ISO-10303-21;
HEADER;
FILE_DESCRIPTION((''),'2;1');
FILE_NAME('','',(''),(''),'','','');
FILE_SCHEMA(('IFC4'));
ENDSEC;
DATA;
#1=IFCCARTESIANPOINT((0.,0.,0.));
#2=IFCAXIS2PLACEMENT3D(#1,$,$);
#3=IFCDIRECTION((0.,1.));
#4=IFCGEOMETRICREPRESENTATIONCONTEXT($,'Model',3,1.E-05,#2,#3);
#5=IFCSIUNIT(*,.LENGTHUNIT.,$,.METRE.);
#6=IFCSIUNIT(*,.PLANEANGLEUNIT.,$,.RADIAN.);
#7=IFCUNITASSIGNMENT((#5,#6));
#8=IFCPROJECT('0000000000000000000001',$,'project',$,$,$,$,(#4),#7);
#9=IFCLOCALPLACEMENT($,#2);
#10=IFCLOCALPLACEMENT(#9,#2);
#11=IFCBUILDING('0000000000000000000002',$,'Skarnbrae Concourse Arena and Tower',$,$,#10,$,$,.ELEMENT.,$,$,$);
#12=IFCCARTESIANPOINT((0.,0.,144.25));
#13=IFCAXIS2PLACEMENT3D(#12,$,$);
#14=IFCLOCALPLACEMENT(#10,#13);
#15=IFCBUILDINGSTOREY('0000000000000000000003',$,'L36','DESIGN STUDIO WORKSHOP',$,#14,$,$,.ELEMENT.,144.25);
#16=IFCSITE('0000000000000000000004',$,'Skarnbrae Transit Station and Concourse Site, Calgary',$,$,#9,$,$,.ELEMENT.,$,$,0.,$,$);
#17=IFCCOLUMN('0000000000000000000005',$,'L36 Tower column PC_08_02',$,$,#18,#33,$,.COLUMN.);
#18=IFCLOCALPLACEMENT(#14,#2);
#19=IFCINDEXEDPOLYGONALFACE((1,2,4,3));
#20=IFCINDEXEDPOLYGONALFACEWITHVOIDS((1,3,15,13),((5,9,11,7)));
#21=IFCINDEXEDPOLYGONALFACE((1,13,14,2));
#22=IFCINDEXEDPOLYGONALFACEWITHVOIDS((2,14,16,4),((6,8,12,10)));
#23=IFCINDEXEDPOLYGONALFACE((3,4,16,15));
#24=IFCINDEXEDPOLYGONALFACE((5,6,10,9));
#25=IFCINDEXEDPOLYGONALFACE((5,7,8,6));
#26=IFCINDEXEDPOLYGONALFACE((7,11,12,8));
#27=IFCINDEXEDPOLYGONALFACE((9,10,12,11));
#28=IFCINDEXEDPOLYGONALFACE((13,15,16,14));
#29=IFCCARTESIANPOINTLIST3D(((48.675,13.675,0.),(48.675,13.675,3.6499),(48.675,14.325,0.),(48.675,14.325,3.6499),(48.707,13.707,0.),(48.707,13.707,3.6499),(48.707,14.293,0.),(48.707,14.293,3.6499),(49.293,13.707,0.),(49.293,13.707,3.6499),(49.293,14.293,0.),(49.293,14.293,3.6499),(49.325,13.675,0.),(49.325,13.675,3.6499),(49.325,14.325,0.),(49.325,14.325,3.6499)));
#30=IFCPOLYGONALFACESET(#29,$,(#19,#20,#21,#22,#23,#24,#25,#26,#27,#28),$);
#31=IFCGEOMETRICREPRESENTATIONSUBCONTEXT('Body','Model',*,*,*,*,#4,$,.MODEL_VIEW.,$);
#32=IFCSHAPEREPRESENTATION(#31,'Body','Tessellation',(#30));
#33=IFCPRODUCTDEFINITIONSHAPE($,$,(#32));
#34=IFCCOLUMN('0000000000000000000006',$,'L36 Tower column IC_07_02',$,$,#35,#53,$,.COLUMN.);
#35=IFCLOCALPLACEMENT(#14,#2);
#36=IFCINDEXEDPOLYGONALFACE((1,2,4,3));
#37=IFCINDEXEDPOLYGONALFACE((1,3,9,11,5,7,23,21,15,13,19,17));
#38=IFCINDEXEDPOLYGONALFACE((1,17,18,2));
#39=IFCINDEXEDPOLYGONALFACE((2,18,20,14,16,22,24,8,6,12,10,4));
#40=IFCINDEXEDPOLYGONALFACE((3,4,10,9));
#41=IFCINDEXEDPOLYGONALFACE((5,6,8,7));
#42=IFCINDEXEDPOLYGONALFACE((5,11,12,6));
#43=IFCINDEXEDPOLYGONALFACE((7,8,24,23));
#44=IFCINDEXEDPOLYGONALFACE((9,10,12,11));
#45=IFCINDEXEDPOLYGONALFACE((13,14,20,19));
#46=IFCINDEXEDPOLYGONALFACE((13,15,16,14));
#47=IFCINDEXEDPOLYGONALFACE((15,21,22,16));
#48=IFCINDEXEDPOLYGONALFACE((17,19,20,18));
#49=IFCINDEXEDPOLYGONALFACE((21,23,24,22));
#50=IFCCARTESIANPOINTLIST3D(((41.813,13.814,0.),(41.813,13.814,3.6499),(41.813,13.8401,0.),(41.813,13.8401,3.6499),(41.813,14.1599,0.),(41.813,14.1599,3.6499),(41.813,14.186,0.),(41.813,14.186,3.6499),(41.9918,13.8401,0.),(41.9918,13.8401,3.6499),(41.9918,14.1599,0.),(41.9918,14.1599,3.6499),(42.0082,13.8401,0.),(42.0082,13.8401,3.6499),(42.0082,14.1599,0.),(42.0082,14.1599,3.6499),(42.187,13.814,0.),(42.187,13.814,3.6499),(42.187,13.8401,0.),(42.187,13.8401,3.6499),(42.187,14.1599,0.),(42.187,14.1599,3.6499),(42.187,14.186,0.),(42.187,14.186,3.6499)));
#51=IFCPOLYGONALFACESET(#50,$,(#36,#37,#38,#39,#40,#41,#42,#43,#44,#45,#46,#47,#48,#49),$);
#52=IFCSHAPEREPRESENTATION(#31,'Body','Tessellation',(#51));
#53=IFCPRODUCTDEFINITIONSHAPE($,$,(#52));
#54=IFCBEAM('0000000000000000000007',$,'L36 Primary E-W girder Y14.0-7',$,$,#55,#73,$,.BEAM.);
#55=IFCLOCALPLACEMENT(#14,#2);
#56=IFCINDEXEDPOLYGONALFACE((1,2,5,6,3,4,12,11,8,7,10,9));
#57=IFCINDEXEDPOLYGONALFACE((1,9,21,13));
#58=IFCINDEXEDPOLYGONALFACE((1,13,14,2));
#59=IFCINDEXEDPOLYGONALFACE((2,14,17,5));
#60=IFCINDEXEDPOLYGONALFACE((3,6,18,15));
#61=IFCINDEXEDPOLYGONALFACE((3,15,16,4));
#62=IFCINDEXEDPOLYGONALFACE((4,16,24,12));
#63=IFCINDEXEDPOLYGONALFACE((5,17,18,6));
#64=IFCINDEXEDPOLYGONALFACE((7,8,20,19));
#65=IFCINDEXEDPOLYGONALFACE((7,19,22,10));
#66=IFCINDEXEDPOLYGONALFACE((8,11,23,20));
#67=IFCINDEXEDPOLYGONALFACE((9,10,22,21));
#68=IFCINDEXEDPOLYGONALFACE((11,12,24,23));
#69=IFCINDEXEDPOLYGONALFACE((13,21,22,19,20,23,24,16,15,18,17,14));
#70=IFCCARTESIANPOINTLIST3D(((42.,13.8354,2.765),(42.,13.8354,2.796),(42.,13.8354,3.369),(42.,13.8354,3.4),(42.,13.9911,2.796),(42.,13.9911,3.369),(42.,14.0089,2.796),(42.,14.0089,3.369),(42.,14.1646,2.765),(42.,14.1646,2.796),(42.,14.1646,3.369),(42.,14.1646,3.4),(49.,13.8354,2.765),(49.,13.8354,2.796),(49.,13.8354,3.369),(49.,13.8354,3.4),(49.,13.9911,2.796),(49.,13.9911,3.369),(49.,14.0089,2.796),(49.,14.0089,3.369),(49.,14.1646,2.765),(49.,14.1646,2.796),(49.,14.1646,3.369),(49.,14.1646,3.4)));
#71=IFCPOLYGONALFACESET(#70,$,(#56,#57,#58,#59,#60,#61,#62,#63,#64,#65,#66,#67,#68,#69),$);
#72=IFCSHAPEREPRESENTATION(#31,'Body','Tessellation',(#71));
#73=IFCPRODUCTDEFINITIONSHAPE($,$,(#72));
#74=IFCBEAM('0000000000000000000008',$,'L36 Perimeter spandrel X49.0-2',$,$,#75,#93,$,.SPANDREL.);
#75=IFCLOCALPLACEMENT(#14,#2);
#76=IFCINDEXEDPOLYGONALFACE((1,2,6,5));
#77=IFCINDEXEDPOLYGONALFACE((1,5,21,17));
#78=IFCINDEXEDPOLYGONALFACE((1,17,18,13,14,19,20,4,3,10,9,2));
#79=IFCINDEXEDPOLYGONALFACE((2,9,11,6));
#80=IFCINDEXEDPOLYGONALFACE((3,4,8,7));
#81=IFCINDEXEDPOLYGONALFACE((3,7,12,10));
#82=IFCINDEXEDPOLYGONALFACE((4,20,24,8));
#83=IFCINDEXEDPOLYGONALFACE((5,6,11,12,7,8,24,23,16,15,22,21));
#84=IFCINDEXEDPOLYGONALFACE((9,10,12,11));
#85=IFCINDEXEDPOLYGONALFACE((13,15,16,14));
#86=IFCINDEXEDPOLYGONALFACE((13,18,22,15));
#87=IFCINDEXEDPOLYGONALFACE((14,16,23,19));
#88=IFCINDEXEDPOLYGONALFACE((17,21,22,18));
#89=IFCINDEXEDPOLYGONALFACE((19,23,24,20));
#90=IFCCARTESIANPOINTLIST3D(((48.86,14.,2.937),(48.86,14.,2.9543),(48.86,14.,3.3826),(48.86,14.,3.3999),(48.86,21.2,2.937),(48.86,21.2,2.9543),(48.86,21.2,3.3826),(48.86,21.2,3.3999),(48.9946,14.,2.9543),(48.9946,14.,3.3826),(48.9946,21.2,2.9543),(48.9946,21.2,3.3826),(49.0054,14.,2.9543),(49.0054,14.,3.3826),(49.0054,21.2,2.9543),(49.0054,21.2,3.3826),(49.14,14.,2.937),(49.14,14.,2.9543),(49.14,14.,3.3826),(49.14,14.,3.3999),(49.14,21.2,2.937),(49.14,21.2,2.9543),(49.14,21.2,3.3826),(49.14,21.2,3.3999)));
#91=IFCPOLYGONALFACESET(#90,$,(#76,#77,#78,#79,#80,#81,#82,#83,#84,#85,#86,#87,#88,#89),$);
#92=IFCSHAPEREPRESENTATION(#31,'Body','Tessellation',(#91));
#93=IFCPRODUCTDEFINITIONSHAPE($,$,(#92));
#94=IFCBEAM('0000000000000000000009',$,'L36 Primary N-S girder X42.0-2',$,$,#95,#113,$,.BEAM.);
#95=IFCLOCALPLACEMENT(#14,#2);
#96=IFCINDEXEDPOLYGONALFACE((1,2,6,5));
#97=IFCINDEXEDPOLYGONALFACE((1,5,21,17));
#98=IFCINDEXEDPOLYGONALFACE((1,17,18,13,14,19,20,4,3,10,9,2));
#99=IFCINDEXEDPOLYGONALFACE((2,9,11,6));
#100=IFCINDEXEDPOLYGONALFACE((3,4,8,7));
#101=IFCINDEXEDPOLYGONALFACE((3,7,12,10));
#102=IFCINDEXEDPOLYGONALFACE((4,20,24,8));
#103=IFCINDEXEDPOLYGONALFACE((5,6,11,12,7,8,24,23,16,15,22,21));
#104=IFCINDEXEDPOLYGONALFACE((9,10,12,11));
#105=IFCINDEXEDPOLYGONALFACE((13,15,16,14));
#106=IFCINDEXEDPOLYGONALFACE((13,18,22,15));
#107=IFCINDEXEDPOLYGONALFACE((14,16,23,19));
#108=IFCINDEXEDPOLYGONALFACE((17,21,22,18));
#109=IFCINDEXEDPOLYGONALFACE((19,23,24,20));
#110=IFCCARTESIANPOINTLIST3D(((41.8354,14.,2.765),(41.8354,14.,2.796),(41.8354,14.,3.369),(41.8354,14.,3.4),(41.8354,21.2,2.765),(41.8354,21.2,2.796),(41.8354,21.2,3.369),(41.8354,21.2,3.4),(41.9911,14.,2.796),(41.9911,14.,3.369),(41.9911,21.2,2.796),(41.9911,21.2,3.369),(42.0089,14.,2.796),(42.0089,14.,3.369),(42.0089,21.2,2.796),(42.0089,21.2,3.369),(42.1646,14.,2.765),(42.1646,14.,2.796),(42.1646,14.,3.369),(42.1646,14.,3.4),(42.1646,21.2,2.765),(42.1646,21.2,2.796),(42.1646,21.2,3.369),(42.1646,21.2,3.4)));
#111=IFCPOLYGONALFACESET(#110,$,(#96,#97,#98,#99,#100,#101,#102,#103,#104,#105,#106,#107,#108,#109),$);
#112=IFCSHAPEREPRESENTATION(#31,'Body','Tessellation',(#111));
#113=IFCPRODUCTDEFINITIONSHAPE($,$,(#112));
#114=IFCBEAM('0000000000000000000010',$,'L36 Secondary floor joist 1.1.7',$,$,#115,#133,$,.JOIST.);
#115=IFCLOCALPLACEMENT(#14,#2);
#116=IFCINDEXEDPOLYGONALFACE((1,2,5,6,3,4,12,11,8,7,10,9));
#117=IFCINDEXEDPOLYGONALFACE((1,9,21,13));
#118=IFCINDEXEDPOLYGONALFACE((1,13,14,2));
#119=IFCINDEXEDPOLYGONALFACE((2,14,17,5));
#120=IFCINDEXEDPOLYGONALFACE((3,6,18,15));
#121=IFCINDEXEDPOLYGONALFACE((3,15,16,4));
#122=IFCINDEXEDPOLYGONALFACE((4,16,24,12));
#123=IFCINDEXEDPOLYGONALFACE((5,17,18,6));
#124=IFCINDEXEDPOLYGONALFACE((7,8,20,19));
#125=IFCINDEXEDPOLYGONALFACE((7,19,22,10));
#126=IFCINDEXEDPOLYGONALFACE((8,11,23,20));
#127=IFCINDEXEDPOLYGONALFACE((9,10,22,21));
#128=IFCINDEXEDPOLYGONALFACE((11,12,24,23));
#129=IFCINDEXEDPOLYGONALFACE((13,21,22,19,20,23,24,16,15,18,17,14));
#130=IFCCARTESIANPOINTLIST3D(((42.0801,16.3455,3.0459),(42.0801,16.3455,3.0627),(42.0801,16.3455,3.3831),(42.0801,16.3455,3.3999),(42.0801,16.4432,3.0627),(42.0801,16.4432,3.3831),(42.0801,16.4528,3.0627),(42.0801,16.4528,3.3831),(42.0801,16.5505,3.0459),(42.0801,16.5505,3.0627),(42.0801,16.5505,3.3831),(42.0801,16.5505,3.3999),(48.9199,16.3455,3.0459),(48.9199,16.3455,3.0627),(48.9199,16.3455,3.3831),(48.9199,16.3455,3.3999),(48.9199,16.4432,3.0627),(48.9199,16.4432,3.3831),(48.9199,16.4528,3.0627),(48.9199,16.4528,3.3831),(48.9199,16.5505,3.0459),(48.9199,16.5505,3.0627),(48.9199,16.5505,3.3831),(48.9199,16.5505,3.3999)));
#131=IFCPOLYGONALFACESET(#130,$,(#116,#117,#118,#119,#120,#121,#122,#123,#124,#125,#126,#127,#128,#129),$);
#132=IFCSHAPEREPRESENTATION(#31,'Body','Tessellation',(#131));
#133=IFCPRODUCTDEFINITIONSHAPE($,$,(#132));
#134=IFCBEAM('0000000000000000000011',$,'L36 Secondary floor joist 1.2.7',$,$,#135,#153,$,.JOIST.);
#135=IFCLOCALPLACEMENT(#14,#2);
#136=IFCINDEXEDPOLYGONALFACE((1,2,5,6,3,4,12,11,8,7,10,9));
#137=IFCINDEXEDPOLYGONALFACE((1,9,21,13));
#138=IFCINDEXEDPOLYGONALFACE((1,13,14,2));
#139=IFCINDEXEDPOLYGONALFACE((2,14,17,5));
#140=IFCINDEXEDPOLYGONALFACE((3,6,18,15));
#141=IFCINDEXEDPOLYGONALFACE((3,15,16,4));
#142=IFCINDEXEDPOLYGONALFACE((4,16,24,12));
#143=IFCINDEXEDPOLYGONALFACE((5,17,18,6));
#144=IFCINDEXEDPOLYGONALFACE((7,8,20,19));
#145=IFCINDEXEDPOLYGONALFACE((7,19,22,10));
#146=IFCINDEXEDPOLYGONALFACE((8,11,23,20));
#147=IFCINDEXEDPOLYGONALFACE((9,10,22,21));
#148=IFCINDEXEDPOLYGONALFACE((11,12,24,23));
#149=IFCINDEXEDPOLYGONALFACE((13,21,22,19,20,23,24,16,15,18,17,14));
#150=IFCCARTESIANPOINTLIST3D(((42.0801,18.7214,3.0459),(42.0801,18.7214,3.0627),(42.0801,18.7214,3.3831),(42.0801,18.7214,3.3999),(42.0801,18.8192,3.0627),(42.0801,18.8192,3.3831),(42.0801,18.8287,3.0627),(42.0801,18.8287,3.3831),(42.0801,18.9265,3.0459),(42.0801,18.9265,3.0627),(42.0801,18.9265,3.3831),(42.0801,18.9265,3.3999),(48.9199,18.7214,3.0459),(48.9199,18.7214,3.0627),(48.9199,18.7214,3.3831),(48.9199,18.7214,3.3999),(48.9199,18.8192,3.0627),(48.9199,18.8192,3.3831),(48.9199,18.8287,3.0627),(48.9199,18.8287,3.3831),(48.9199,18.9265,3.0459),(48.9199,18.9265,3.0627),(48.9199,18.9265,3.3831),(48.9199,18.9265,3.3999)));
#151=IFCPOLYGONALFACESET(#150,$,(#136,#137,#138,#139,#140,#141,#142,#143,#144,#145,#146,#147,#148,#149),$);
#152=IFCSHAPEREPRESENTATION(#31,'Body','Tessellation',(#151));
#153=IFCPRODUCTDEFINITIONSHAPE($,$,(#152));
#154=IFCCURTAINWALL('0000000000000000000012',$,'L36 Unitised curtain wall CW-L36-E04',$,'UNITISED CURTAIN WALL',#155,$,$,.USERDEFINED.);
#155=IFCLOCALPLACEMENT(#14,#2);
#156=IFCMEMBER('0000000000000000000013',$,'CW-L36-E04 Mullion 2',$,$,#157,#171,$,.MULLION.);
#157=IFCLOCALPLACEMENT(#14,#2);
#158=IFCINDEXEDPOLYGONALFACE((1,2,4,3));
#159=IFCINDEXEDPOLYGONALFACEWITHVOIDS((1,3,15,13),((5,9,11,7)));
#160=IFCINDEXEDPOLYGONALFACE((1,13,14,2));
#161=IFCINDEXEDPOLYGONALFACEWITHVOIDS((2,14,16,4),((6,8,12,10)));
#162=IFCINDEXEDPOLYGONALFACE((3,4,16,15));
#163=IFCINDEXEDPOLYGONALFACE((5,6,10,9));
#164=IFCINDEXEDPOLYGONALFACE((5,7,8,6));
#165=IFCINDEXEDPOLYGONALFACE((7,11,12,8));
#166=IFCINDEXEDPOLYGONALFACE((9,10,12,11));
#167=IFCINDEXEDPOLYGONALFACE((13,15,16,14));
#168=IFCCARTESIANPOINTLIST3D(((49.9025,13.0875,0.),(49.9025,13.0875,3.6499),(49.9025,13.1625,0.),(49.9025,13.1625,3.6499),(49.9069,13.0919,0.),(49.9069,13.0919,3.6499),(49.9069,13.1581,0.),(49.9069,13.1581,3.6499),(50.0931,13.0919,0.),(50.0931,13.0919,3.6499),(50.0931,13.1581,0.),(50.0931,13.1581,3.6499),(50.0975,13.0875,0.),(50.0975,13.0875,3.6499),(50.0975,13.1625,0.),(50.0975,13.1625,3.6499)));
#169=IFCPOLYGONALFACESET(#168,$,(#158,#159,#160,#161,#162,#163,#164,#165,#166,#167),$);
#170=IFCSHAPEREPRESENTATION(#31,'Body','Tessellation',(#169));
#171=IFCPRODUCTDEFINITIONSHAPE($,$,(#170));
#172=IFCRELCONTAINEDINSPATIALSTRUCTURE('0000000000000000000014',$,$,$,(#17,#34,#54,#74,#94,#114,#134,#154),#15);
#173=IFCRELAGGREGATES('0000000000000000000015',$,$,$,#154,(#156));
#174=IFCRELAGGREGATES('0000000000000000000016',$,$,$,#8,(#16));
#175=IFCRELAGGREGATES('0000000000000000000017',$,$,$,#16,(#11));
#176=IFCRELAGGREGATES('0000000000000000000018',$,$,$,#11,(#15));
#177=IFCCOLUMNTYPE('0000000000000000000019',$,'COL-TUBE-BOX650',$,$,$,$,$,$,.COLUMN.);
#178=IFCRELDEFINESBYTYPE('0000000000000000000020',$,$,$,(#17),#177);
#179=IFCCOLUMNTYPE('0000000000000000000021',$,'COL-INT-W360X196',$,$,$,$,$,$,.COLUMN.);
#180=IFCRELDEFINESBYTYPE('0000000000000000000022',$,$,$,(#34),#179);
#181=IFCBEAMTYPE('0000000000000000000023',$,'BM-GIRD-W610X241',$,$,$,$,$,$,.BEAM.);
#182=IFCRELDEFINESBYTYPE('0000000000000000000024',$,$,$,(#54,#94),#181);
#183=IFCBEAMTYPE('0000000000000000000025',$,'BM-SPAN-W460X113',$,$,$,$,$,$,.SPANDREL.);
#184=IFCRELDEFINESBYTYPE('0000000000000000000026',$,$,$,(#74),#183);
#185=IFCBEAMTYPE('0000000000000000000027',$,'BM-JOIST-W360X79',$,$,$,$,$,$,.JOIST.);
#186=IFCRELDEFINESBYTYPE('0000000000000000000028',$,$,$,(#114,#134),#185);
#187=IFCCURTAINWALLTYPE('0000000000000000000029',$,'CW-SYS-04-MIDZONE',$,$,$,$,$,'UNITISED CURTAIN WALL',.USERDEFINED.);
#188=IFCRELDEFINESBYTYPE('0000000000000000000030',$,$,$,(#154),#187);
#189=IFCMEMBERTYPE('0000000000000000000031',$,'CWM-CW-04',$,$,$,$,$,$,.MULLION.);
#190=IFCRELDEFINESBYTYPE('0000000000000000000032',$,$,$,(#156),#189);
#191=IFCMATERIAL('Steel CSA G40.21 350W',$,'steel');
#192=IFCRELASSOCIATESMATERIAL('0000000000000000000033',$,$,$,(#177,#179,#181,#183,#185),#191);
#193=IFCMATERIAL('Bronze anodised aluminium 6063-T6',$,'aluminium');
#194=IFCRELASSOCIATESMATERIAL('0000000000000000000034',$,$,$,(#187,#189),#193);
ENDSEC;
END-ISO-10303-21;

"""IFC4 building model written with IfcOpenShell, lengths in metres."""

from ifc_helpers import new_model, si_unit, direction, frame, origin, origin_2d, place, context, subcontext, project, spatial, hollow_rectangle, i_section, extrude, source, transform, mapped, material, material_profile, profile_set, type_object, element, aggregate, save


model = new_model("IFC4")

# Units and contexts
model_context = context("Model", 3, precision=1e-05, world=origin(), true_north=direction((0.0, 1.0)))
body_context = subcontext(model_context, "Body", "Model", "MODEL_VIEW")
ifc_project = project(units=[si_unit("LENGTHUNIT", "METRE"), si_unit("PLANEANGLEUNIT", "RADIAN")], contexts=[model_context])

# Site, building, storey
site_placement = place(None, origin())
site = spatial("IfcSite", under=ifc_project, at=site_placement, Name="Skarnbrae Transit Station and Concourse Site, Calgary", CompositionType="ELEMENT", RefElevation=0.0)
building_placement = place(site_placement, origin())
building = spatial("IfcBuilding", under=site, at=building_placement, Name="Skarnbrae Concourse Arena and Tower", CompositionType="ELEMENT")
storey_placement = place(building_placement, frame((0.0, 0.0, 144.25)))
storey = spatial("IfcBuildingStorey", under=building, at=storey_placement, Name="L36", Description="DESIGN STUDIO WORKSHOP", CompositionType="ELEMENT", Elevation=144.25)

# Columns
ifc_material_1 = material(Name="Steel CSA G40.21 350W", Category="steel")
ifc_material_profile_1 = material_profile(ifc_material_1, hollow_rectangle(XDim=0.6499, YDim=0.6499, WallThickness=0.032, at=origin_2d()), Name="BOX650X650X32")
ifc_profile_set_1 = profile_set([ifc_material_profile_1], Name="Steel CSA G40.21 350W")
column_type_1 = type_object("IfcColumnType", Name="COL-TUBE-BOX650", PredefinedType="COLUMN", material=ifc_profile_set_1)
shared_shape_1 = source(origin(), body_context, "Body", "SweptSolid", [
    extrude(hollow_rectangle(XDim=0.6499, YDim=0.6499, WallThickness=0.032, at=origin_2d()), origin(), (0.0, 0.0, 1.0), 3.6499),
])
column_1_placement = place(storey_placement, frame((49.0, 14.0, 0.0), z_axis=(0.0, 0.0, 1.0), x_axis=(1.0, 0.0, 0.0)))
element("IfcColumn", 1, at=column_1_placement, inside=storey, type_object=column_type_1, Name="L36 Tower column PC_08_02", PredefinedType="COLUMN", context=body_context, shape_type="MappedRepresentation", body=[
    mapped(shared_shape_1, transform((0.0, 0.0, 0.0))),
])
ifc_material_profile_2 = material_profile(ifc_material_1, i_section(OverallWidth=0.374, OverallDepth=0.3721, WebThickness=0.0164, FlangeThickness=0.0261, at=origin_2d()), Name="W360X196")
ifc_profile_set_2 = profile_set([ifc_material_profile_2], Name="Steel CSA G40.21 350W")
column_type_2 = type_object("IfcColumnType", Name="COL-INT-W360X196", PredefinedType="COLUMN", material=ifc_profile_set_2)
shared_shape_2 = source(origin(), body_context, "Body", "SweptSolid", [
    extrude(i_section(OverallWidth=0.374, OverallDepth=0.3721, WebThickness=0.0164, FlangeThickness=0.0261, at=origin_2d()), origin(), (0.0, 0.0, 1.0), 3.6499),
])
column_2_placement = place(storey_placement, frame((42.0, 14.0, 0.0), z_axis=(0.0, 0.0, 1.0), x_axis=(1.0, 0.0, 0.0)))
element("IfcColumn", 2, at=column_2_placement, inside=storey, type_object=column_type_2, Name="L36 Tower column IC_07_02", PredefinedType="COLUMN", context=body_context, shape_type="MappedRepresentation", body=[
    mapped(shared_shape_2, transform((0.0, 0.0, 0.0))),
])

# Beams
ifc_material_profile_3 = material_profile(ifc_material_1, i_section(OverallWidth=0.3291, OverallDepth=0.635, WebThickness=0.0178, FlangeThickness=0.031, at=origin_2d()), Name="W610X241")
ifc_profile_set_3 = profile_set([ifc_material_profile_3], Name="Steel CSA G40.21 350W")
beam_type_1 = type_object("IfcBeamType", Name="BM-GIRD-W610X241", PredefinedType="BEAM", material=ifc_profile_set_3)
shared_shape_3 = source(origin(), body_context, "Body", "SweptSolid", [
    extrude(i_section(OverallWidth=0.3291, OverallDepth=0.635, WebThickness=0.0178, FlangeThickness=0.031, at=origin_2d()), origin(), (0.0, 0.0, 1.0), 7.0),
])
beam_1_placement = place(storey_placement, frame((42.0, 14.0, 3.0825), z_axis=(1.0, 0.0, 0.0), x_axis=(0.0, 1.0, 0.0)))
element("IfcBeam", 3, at=beam_1_placement, inside=storey, type_object=beam_type_1, Name="L36 Primary E-W girder Y14.0-7", PredefinedType="BEAM", context=body_context, shape_type="MappedRepresentation", body=[
    mapped(shared_shape_3, transform((0.0, 0.0, 0.0))),
])
ifc_material_profile_4 = material_profile(ifc_material_1, i_section(OverallWidth=0.28, OverallDepth=0.4629, WebThickness=0.0107, FlangeThickness=0.0173, at=origin_2d()), Name="W460X113")
ifc_profile_set_4 = profile_set([ifc_material_profile_4], Name="Steel CSA G40.21 350W")
beam_type_2 = type_object("IfcBeamType", Name="BM-SPAN-W460X113", PredefinedType="SPANDREL", material=ifc_profile_set_4)
shared_shape_4 = source(origin(), body_context, "Body", "SweptSolid", [
    extrude(i_section(OverallWidth=0.28, OverallDepth=0.4629, WebThickness=0.0107, FlangeThickness=0.0173, at=origin_2d()), origin(), (0.0, 0.0, 1.0), 7.2),
])
beam_2_placement = place(storey_placement, frame((49.0, 14.0, 3.1685), z_axis=(0.0, 1.0, 0.0), x_axis=(-1.0, 0.0, 0.0)))
element("IfcBeam", 4, at=beam_2_placement, inside=storey, type_object=beam_type_2, Name="L36 Perimeter spandrel X49.0-2", PredefinedType="SPANDREL", context=body_context, shape_type="MappedRepresentation", body=[
    mapped(shared_shape_4, transform((0.0, 0.0, 0.0))),
])
shared_shape_5 = source(origin(), body_context, "Body", "SweptSolid", [
    extrude(i_section(OverallWidth=0.3291, OverallDepth=0.635, WebThickness=0.0178, FlangeThickness=0.031, at=origin_2d()), origin(), (0.0, 0.0, 1.0), 7.2),
])
beam_3_placement = place(storey_placement, frame((42.0, 14.0, 3.0825), z_axis=(0.0, 1.0, 0.0), x_axis=(-1.0, 0.0, 0.0)))
element("IfcBeam", 5, at=beam_3_placement, inside=storey, type_object=beam_type_1, Name="L36 Primary N-S girder X42.0-2", PredefinedType="BEAM", context=body_context, shape_type="MappedRepresentation", body=[
    mapped(shared_shape_5, transform((0.0, 0.0, 0.0))),
])
ifc_material_profile_5 = material_profile(ifc_material_1, i_section(OverallWidth=0.2051, OverallDepth=0.354, WebThickness=0.0095, FlangeThickness=0.0168, at=origin_2d()), Name="W360X79")
ifc_profile_set_5 = profile_set([ifc_material_profile_5], Name="Steel CSA G40.21 350W")
beam_type_3 = type_object("IfcBeamType", Name="BM-JOIST-W360X79", PredefinedType="JOIST", material=ifc_profile_set_5)
shared_shape_6 = source(origin(), body_context, "Body", "SweptSolid", [
    extrude(i_section(OverallWidth=0.2051, OverallDepth=0.354, WebThickness=0.0095, FlangeThickness=0.0168, at=origin_2d()), origin(), (0.0, 0.0, 1.0), 6.8398),
])
for number, where, z_axis, x_axis, name in (
    (6, (42.0801, 16.448, 3.2229), (1.0, 0.0, 0.0), (0.0, 1.0, 0.0), "L36 Secondary floor joist 1.1.7"),
    (7, (42.0801, 18.824, 3.2229), (1.0, 0.0, 0.0), (0.0, 1.0, 0.0), "L36 Secondary floor joist 1.2.7"),
):
    element("IfcBeam", number, at=place(storey_placement, frame(where, z_axis=z_axis, x_axis=x_axis)), inside=storey, type_object=beam_type_3, Name=name, PredefinedType="JOIST", context=body_context, shape_type="MappedRepresentation", body=[
        mapped(shared_shape_6, transform((0.0, 0.0, 0.0))),
    ])

# Curtain wall, member
ifc_material_2 = material(Name="Bronze anodised aluminium 6063-T6", Category="aluminium")
curtain_wall_type = type_object("IfcCurtainWallType", Name="CW-SYS-04-MIDZONE", ElementType="UNITISED CURTAIN WALL", PredefinedType="USERDEFINED", material=ifc_material_2)
curtain_wall_placement = place(storey_placement, origin())
curtain_wall = element("IfcCurtainWall", 8, at=curtain_wall_placement, inside=storey, type_object=curtain_wall_type, Name="L36 Unitised curtain wall CW-L36-E04", ObjectType="UNITISED CURTAIN WALL", PredefinedType="USERDEFINED")
ifc_material_profile_6 = material_profile(ifc_material_2, hollow_rectangle(XDim=0.075, YDim=0.1951, WallThickness=0.0044, at=origin_2d()), Name="ALU-MULL-75X195")
ifc_profile_set_6 = profile_set([ifc_material_profile_6], Name="Bronze anodised aluminium 6063-T6")
member_type_1 = type_object("IfcMemberType", Name="CWM-CW-04", PredefinedType="MULLION", material=ifc_profile_set_6)
shared_shape_7 = source(origin(), body_context, "Body", "SweptSolid", [
    extrude(hollow_rectangle(XDim=0.075, YDim=0.1951, WallThickness=0.0044, at=origin_2d()), origin(), (0.0, 0.0, 1.0), 3.6499),
])
member_1_placement = place(storey_placement, frame((50.0, 13.125, 0.0), z_axis=(0.0, 0.0, 1.0), x_axis=(0.0, 1.0, 0.0)))
member_1 = element("IfcMember", 9, at=member_1_placement, type_object=member_type_1, Name="CW-L36-E04 Mullion 2", PredefinedType="MULLION", context=body_context, shape_type="MappedRepresentation", body=[
    mapped(shared_shape_7, transform((0.0, 0.0, 0.0))),
])
aggregate(curtain_wall, [member_1])

save(model, "model.ifc")
